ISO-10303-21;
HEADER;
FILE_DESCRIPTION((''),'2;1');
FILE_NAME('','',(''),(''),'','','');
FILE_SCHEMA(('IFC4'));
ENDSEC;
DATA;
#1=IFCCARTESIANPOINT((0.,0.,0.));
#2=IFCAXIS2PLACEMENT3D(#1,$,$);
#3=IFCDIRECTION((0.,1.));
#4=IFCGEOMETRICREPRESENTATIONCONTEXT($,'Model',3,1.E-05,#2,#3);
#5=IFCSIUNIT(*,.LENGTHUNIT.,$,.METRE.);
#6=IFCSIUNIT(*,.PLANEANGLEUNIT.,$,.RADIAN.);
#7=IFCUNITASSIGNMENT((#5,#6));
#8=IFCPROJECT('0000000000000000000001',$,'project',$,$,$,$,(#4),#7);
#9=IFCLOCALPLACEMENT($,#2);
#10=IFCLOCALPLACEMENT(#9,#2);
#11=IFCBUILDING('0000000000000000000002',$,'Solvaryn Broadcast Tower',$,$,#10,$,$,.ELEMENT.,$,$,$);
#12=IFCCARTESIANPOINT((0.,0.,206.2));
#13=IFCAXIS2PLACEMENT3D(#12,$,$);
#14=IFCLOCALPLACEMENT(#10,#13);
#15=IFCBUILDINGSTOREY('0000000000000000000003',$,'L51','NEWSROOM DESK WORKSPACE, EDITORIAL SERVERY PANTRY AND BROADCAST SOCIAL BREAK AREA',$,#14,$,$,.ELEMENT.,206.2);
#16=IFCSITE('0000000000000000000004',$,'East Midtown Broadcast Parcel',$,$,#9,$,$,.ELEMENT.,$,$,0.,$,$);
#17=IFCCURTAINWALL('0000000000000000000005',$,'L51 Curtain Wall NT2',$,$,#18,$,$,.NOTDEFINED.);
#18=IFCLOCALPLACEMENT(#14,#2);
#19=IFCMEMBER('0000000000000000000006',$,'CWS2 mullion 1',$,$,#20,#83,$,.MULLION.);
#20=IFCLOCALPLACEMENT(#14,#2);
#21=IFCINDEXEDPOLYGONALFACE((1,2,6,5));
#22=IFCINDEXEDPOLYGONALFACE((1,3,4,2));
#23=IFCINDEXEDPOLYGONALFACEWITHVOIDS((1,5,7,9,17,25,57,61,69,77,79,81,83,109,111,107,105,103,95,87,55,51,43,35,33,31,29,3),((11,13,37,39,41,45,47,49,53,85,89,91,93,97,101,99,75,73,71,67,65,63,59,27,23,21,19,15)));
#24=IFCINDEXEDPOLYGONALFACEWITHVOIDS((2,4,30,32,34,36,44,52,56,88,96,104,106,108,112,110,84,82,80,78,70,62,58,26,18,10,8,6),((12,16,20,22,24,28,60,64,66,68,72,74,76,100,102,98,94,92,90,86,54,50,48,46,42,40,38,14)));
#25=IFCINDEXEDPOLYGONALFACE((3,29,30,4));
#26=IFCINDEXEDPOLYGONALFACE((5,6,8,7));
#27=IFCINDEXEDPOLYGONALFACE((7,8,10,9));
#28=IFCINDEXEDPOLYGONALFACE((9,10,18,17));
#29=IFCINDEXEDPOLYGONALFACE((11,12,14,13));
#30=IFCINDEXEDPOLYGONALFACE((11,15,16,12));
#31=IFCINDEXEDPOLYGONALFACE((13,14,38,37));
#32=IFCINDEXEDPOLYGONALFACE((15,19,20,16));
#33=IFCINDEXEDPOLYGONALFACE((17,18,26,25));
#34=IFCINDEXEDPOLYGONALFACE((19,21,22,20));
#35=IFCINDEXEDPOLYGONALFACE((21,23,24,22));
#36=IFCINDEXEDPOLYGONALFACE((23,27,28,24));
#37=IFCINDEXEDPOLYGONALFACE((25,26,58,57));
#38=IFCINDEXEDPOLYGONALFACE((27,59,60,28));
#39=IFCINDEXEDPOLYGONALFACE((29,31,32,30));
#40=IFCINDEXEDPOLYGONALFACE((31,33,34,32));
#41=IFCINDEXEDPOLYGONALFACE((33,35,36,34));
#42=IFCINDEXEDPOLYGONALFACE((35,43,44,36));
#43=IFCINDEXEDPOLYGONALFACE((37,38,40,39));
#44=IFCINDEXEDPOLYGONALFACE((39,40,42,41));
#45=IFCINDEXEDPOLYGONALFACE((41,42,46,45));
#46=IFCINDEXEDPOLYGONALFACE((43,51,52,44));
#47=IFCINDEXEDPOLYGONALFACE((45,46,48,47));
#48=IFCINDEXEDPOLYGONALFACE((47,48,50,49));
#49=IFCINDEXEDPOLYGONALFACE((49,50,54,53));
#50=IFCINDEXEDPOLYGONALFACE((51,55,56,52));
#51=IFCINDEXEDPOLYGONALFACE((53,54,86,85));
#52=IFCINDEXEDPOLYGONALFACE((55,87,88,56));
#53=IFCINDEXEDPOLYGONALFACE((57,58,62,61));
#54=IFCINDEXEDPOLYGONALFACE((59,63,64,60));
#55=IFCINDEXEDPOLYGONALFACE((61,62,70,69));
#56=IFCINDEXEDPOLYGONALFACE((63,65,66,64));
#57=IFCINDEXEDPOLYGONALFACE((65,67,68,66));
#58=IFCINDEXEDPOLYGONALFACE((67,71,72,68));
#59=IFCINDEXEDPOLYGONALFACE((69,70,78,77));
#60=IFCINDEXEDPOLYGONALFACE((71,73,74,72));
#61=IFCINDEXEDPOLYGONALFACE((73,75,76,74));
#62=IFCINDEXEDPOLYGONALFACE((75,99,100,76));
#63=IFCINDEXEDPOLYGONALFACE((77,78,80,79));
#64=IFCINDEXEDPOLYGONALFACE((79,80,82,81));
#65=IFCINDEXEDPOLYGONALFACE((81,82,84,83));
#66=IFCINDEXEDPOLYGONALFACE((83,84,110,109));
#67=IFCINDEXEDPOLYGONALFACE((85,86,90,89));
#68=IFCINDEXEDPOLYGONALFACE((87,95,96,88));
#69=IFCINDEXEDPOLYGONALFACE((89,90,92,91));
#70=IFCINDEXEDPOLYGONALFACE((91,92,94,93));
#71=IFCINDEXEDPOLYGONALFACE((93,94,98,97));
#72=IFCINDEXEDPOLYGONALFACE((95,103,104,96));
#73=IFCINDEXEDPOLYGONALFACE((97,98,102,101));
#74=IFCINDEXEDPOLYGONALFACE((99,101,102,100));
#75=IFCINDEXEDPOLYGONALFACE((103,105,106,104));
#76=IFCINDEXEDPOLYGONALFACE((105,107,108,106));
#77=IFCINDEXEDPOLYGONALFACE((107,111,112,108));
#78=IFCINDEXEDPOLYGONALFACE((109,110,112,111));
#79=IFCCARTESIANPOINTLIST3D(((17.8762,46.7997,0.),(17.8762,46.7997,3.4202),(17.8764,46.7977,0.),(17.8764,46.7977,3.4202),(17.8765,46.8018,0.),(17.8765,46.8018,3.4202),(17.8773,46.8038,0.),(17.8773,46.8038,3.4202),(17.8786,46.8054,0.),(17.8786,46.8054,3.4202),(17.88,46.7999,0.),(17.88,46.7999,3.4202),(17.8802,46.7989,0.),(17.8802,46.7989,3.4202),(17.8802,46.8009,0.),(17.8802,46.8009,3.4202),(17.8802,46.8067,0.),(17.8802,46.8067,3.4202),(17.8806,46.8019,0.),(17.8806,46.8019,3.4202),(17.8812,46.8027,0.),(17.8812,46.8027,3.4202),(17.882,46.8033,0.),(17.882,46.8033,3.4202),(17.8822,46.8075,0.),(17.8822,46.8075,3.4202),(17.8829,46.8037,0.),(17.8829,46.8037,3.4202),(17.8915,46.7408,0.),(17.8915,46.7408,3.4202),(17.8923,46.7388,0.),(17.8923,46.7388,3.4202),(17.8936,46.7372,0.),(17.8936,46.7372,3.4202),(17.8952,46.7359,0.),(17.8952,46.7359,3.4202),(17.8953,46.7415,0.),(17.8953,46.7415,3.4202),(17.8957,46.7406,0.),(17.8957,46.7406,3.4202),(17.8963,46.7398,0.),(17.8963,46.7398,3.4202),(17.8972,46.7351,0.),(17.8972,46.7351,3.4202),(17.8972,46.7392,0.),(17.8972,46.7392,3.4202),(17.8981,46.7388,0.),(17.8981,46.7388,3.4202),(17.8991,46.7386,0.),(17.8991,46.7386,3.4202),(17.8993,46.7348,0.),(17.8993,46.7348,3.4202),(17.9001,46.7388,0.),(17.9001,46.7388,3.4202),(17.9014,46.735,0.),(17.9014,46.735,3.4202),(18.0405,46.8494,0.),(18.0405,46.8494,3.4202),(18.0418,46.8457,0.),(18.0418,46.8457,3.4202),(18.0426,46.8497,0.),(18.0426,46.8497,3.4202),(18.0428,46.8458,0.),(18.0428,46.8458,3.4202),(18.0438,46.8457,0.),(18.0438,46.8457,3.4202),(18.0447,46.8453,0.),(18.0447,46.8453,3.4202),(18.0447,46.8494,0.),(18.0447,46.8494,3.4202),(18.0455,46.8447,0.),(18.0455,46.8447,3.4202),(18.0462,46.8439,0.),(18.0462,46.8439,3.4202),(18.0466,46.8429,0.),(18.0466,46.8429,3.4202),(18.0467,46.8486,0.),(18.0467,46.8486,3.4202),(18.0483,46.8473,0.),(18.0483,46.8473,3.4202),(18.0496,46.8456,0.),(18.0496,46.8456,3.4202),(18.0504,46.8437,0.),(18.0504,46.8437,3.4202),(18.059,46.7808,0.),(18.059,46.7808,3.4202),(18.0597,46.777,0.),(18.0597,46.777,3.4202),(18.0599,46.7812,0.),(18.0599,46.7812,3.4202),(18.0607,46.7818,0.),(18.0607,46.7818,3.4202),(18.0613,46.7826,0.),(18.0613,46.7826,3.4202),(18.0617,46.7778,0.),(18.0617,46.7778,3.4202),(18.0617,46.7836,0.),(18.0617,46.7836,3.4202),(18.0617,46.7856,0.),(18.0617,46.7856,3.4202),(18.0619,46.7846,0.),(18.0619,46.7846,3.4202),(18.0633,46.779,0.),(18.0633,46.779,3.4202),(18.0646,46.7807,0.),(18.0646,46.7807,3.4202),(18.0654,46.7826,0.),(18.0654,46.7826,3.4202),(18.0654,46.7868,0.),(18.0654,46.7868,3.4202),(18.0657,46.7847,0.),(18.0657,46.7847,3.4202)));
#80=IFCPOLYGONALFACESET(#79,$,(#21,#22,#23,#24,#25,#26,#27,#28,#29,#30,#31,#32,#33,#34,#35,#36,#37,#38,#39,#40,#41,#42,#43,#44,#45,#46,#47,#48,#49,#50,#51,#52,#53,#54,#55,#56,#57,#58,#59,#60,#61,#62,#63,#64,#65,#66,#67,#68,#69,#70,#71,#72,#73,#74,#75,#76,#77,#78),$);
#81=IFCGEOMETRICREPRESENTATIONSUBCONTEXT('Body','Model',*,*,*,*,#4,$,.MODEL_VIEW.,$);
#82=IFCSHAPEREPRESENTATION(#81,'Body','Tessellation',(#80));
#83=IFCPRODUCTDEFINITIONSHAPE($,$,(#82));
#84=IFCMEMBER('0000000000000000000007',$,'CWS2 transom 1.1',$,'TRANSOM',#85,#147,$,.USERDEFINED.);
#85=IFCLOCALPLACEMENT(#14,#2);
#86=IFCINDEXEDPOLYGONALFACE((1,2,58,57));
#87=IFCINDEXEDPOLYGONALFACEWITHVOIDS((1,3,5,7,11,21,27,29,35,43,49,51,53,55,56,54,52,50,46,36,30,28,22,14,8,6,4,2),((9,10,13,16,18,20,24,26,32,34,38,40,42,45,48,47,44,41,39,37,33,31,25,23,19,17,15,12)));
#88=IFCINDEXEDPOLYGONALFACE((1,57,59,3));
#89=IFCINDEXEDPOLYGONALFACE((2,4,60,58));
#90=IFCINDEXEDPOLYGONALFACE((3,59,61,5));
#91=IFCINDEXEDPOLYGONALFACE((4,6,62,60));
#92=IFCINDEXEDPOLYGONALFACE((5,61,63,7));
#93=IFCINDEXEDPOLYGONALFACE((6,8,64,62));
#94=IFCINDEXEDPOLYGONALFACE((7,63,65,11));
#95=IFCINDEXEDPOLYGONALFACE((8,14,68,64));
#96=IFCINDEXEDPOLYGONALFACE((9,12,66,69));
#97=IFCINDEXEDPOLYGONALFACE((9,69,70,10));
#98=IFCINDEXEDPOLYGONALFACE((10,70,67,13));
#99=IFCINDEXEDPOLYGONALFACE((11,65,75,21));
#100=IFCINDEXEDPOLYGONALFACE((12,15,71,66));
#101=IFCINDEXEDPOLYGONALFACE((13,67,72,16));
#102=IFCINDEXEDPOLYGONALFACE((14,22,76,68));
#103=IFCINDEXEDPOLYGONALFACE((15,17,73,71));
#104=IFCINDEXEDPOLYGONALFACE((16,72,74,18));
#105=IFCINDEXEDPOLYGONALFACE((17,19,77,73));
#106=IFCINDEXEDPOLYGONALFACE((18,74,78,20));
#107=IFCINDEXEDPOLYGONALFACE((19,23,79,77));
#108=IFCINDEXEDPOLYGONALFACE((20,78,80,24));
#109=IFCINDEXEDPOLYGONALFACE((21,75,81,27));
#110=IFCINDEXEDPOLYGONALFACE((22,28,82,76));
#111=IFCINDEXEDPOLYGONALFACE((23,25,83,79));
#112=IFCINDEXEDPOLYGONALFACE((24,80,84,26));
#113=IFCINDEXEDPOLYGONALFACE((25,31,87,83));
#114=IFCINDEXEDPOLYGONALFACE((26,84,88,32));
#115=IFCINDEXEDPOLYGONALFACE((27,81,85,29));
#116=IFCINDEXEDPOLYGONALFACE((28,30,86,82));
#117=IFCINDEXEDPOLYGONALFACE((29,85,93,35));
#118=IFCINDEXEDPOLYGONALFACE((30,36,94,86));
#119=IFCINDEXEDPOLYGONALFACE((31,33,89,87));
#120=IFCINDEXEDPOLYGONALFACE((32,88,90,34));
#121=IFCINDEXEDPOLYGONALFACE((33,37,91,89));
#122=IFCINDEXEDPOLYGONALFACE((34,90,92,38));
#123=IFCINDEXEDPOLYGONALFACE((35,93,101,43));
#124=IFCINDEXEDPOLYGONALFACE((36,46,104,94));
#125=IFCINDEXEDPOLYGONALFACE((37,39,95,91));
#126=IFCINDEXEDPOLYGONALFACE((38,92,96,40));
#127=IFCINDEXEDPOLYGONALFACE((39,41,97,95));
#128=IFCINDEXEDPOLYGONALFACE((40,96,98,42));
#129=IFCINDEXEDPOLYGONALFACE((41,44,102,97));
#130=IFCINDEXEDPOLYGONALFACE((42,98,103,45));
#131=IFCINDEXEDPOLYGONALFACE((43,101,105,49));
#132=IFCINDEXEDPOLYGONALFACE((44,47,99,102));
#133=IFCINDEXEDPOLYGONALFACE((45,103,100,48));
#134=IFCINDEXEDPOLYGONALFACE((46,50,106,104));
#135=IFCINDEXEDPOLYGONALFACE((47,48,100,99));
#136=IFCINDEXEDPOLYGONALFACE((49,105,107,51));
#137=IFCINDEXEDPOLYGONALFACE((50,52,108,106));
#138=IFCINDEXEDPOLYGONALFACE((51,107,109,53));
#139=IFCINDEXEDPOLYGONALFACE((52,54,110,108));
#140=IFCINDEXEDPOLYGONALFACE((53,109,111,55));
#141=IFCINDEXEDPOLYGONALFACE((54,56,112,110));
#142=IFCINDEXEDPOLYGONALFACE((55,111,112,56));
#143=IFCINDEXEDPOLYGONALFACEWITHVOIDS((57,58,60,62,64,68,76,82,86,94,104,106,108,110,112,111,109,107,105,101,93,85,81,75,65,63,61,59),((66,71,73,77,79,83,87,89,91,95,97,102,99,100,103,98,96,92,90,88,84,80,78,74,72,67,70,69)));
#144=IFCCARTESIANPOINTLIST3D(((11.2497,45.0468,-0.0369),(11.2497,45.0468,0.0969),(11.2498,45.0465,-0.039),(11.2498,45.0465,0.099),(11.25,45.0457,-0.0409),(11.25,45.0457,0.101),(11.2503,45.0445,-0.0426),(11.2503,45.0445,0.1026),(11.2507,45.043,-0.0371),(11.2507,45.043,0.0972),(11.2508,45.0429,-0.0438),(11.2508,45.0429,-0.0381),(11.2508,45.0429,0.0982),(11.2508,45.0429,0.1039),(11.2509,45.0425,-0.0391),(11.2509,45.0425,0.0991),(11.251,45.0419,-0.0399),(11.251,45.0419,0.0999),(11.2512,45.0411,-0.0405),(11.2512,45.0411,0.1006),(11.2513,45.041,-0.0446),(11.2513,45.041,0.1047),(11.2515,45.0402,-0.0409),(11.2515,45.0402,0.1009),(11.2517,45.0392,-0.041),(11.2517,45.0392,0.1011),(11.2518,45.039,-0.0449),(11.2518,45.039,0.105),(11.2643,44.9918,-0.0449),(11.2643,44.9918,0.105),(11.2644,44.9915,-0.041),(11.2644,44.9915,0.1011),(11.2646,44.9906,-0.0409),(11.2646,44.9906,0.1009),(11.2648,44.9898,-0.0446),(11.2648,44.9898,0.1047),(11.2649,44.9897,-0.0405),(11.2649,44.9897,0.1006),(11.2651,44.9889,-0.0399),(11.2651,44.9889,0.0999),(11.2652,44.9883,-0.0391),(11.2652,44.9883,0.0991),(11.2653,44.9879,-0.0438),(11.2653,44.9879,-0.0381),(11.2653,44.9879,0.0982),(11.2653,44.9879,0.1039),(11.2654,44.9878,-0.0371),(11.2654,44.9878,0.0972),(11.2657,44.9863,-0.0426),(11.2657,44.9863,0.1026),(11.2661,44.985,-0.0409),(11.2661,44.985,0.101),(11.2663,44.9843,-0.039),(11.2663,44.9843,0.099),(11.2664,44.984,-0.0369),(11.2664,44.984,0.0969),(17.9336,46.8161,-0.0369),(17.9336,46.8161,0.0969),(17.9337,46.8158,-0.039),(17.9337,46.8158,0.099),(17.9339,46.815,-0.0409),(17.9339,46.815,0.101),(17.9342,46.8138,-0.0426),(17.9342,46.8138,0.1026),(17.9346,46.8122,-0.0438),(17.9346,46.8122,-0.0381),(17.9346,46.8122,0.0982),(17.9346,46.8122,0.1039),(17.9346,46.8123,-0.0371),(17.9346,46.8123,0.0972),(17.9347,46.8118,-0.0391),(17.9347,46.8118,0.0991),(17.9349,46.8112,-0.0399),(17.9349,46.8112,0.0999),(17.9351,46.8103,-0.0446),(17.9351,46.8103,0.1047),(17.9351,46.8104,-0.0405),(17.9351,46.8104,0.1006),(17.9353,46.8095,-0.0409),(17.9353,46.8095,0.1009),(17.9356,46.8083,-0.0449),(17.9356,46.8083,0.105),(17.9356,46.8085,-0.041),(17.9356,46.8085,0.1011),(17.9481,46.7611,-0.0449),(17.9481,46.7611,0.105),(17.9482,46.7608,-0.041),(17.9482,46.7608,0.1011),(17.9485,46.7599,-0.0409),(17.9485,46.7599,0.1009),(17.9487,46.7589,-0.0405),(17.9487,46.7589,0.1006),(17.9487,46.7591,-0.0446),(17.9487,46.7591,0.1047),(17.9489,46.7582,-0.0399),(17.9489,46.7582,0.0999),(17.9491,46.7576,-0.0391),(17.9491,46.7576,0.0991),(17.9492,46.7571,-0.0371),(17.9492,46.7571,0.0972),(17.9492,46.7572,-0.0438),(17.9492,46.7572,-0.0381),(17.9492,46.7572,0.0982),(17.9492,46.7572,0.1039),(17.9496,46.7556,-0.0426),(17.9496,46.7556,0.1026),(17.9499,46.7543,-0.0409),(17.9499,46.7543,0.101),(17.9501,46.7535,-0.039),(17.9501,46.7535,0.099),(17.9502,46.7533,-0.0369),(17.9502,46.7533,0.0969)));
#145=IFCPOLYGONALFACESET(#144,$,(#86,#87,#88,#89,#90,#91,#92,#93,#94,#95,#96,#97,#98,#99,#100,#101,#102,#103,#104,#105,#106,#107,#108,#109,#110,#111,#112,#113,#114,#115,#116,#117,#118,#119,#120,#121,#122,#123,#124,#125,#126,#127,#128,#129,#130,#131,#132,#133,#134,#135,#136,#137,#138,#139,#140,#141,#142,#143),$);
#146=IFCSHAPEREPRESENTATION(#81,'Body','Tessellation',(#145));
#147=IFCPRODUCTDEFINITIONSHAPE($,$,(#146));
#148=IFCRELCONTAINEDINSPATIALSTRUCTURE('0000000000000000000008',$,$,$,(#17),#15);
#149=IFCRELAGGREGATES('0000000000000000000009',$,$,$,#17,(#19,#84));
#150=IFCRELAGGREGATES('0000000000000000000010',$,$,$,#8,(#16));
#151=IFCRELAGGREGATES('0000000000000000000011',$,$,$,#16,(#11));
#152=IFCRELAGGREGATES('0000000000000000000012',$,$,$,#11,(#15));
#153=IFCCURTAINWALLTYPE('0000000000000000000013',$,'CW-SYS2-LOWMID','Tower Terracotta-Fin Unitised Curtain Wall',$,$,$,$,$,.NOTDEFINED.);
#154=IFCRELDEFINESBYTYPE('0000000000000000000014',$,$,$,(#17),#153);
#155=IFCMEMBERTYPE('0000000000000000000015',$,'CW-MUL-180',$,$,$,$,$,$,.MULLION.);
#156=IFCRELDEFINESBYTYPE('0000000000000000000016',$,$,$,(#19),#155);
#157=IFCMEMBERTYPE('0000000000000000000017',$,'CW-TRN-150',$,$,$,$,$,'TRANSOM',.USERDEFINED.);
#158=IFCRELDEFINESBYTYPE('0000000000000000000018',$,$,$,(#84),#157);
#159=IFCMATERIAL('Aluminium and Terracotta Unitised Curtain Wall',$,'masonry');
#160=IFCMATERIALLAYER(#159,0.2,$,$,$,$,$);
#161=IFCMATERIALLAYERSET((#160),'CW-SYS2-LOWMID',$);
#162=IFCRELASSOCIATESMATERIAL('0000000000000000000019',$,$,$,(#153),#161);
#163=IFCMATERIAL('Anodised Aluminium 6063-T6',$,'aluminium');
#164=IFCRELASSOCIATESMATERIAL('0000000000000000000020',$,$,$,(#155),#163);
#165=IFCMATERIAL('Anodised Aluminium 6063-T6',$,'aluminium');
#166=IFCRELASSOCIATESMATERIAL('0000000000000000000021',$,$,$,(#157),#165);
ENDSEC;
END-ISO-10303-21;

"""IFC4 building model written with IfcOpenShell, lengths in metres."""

from ifc_helpers import new_model, si_unit, direction, frame, origin, origin_2d, place, context, subcontext, project, spatial, hollow_rectangle, extrude, material, layer, layer_set, material_profile, profile_set, type_object, element, aggregate, save


model = new_model("IFC4")

# Units and contexts
model_context = context("Model", 3, precision=1e-05, world=origin(), true_north=direction((0.0, 1.0)))
body_context = subcontext(model_context, "Body", "Model", "MODEL_VIEW")
ifc_project = project(units=[si_unit("LENGTHUNIT", "METRE"), si_unit("PLANEANGLEUNIT", "RADIAN")], contexts=[model_context])

# Site, building, storey
site_placement = place(None, origin())
site = spatial("IfcSite", under=ifc_project, at=site_placement, Name="East Midtown Broadcast Parcel", CompositionType="ELEMENT", RefElevation=0.0)
building_placement = place(site_placement, origin())
building = spatial("IfcBuilding", under=site, at=building_placement, Name="Solvaryn Broadcast Tower", CompositionType="ELEMENT")
storey_placement = place(building_placement, frame((0.0, 0.0, 206.2)))
storey = spatial("IfcBuildingStorey", under=building, at=storey_placement, Name="L51", Description="NEWSROOM DESK WORKSPACE, EDITORIAL SERVERY PANTRY AND BROADCAST SOCIAL BREAK AREA", CompositionType="ELEMENT", Elevation=206.2)

# Shared definitions
ifc_material_1 = material(Name="Aluminium and Terracotta Unitised Curtain Wall", Category="masonry")
ifc_layer_1 = layer(ifc_material_1, 0.2)
ifc_layer_set_1 = layer_set([ifc_layer_1], Name="CW-SYS2-LOWMID")
curtain_wall_type = type_object("IfcCurtainWallType", Name="CW-SYS2-LOWMID", Description="Tower Terracotta-Fin Unitised Curtain Wall", PredefinedType="NOTDEFINED", material=ifc_layer_set_1)
ifc_material_2 = material(Name="Anodised Aluminium 6063-T6", Category="aluminium")
ifc_material_profile_1 = material_profile(ifc_material_2, hollow_rectangle(XDim=0.075, YDim=0.1799, WallThickness=0.0039, InnerFilletRadius=0.0039, OuterFilletRadius=0.0081, at=origin_2d()))
ifc_profile_set_1 = profile_set([ifc_material_profile_1], Name="Anodised Aluminium 6063-T6")
member_type_1 = type_object("IfcMemberType", Name="CW-MUL-180", PredefinedType="MULLION", material=ifc_profile_set_1)

# Curtain wall, members
curtain_wall_1_placement = place(storey_placement, origin())
curtain_wall_1 = element("IfcCurtainWall", 1, at=curtain_wall_1_placement, inside=storey, type_object=curtain_wall_type, Name="L51 Curtain Wall NT2", PredefinedType="NOTDEFINED")
member_1_placement = place(storey_placement, frame((17.9709, 46.7922, 0.0), z_axis=(0.0, 0.0, 1.0), x_axis=(0.255893, -0.966705, 0.0)))
member_1 = element("IfcMember", 2, at=member_1_placement, type_object=member_type_1, Name="CWS2 mullion 1", PredefinedType="MULLION", context=body_context, shape_type="SweptSolid", body=[
    extrude(hollow_rectangle(XDim=0.075, YDim=0.1799, WallThickness=0.0039, InnerFilletRadius=0.0039, OuterFilletRadius=0.0081, at=origin_2d()), origin(), (0.0, 0.0, 1.0), 3.4202),
])
ifc_material_3 = material(Name="Anodised Aluminium 6063-T6", Category="aluminium")
ifc_material_profile_2 = material_profile(ifc_material_3, hollow_rectangle(XDim=0.0649, YDim=0.1499, WallThickness=0.0039, InnerFilletRadius=0.0039, OuterFilletRadius=0.0081, at=origin_2d()))
ifc_profile_set_2 = profile_set([ifc_material_profile_2], Name="Anodised Aluminium 6063-T6")
member_type_2 = type_object("IfcMemberType", Name="CW-TRN-150", ElementType="TRANSOM", PredefinedType="USERDEFINED", material=ifc_profile_set_2)
member_2_placement = place(storey_placement, frame((17.9419, 46.7847, 0.03), z_axis=(-0.966704, -0.255897, 0.0), x_axis=(0.255897, -0.966704, 0.0)))
member_2 = element("IfcMember", 3, at=member_2_placement, type_object=member_type_2, Name="CWS2 transom 1.1", ObjectType="TRANSOM", PredefinedType="USERDEFINED", context=body_context, shape_type="SweptSolid", body=[
    extrude(hollow_rectangle(XDim=0.0649, YDim=0.1499, WallThickness=0.0039, InnerFilletRadius=0.0039, OuterFilletRadius=0.0081, at=origin_2d()), origin(), (0.0, 0.0, 1.0), 6.9141),
])
aggregate(curtain_wall_1, [member_1, member_2])

save(model, "model.ifc")
